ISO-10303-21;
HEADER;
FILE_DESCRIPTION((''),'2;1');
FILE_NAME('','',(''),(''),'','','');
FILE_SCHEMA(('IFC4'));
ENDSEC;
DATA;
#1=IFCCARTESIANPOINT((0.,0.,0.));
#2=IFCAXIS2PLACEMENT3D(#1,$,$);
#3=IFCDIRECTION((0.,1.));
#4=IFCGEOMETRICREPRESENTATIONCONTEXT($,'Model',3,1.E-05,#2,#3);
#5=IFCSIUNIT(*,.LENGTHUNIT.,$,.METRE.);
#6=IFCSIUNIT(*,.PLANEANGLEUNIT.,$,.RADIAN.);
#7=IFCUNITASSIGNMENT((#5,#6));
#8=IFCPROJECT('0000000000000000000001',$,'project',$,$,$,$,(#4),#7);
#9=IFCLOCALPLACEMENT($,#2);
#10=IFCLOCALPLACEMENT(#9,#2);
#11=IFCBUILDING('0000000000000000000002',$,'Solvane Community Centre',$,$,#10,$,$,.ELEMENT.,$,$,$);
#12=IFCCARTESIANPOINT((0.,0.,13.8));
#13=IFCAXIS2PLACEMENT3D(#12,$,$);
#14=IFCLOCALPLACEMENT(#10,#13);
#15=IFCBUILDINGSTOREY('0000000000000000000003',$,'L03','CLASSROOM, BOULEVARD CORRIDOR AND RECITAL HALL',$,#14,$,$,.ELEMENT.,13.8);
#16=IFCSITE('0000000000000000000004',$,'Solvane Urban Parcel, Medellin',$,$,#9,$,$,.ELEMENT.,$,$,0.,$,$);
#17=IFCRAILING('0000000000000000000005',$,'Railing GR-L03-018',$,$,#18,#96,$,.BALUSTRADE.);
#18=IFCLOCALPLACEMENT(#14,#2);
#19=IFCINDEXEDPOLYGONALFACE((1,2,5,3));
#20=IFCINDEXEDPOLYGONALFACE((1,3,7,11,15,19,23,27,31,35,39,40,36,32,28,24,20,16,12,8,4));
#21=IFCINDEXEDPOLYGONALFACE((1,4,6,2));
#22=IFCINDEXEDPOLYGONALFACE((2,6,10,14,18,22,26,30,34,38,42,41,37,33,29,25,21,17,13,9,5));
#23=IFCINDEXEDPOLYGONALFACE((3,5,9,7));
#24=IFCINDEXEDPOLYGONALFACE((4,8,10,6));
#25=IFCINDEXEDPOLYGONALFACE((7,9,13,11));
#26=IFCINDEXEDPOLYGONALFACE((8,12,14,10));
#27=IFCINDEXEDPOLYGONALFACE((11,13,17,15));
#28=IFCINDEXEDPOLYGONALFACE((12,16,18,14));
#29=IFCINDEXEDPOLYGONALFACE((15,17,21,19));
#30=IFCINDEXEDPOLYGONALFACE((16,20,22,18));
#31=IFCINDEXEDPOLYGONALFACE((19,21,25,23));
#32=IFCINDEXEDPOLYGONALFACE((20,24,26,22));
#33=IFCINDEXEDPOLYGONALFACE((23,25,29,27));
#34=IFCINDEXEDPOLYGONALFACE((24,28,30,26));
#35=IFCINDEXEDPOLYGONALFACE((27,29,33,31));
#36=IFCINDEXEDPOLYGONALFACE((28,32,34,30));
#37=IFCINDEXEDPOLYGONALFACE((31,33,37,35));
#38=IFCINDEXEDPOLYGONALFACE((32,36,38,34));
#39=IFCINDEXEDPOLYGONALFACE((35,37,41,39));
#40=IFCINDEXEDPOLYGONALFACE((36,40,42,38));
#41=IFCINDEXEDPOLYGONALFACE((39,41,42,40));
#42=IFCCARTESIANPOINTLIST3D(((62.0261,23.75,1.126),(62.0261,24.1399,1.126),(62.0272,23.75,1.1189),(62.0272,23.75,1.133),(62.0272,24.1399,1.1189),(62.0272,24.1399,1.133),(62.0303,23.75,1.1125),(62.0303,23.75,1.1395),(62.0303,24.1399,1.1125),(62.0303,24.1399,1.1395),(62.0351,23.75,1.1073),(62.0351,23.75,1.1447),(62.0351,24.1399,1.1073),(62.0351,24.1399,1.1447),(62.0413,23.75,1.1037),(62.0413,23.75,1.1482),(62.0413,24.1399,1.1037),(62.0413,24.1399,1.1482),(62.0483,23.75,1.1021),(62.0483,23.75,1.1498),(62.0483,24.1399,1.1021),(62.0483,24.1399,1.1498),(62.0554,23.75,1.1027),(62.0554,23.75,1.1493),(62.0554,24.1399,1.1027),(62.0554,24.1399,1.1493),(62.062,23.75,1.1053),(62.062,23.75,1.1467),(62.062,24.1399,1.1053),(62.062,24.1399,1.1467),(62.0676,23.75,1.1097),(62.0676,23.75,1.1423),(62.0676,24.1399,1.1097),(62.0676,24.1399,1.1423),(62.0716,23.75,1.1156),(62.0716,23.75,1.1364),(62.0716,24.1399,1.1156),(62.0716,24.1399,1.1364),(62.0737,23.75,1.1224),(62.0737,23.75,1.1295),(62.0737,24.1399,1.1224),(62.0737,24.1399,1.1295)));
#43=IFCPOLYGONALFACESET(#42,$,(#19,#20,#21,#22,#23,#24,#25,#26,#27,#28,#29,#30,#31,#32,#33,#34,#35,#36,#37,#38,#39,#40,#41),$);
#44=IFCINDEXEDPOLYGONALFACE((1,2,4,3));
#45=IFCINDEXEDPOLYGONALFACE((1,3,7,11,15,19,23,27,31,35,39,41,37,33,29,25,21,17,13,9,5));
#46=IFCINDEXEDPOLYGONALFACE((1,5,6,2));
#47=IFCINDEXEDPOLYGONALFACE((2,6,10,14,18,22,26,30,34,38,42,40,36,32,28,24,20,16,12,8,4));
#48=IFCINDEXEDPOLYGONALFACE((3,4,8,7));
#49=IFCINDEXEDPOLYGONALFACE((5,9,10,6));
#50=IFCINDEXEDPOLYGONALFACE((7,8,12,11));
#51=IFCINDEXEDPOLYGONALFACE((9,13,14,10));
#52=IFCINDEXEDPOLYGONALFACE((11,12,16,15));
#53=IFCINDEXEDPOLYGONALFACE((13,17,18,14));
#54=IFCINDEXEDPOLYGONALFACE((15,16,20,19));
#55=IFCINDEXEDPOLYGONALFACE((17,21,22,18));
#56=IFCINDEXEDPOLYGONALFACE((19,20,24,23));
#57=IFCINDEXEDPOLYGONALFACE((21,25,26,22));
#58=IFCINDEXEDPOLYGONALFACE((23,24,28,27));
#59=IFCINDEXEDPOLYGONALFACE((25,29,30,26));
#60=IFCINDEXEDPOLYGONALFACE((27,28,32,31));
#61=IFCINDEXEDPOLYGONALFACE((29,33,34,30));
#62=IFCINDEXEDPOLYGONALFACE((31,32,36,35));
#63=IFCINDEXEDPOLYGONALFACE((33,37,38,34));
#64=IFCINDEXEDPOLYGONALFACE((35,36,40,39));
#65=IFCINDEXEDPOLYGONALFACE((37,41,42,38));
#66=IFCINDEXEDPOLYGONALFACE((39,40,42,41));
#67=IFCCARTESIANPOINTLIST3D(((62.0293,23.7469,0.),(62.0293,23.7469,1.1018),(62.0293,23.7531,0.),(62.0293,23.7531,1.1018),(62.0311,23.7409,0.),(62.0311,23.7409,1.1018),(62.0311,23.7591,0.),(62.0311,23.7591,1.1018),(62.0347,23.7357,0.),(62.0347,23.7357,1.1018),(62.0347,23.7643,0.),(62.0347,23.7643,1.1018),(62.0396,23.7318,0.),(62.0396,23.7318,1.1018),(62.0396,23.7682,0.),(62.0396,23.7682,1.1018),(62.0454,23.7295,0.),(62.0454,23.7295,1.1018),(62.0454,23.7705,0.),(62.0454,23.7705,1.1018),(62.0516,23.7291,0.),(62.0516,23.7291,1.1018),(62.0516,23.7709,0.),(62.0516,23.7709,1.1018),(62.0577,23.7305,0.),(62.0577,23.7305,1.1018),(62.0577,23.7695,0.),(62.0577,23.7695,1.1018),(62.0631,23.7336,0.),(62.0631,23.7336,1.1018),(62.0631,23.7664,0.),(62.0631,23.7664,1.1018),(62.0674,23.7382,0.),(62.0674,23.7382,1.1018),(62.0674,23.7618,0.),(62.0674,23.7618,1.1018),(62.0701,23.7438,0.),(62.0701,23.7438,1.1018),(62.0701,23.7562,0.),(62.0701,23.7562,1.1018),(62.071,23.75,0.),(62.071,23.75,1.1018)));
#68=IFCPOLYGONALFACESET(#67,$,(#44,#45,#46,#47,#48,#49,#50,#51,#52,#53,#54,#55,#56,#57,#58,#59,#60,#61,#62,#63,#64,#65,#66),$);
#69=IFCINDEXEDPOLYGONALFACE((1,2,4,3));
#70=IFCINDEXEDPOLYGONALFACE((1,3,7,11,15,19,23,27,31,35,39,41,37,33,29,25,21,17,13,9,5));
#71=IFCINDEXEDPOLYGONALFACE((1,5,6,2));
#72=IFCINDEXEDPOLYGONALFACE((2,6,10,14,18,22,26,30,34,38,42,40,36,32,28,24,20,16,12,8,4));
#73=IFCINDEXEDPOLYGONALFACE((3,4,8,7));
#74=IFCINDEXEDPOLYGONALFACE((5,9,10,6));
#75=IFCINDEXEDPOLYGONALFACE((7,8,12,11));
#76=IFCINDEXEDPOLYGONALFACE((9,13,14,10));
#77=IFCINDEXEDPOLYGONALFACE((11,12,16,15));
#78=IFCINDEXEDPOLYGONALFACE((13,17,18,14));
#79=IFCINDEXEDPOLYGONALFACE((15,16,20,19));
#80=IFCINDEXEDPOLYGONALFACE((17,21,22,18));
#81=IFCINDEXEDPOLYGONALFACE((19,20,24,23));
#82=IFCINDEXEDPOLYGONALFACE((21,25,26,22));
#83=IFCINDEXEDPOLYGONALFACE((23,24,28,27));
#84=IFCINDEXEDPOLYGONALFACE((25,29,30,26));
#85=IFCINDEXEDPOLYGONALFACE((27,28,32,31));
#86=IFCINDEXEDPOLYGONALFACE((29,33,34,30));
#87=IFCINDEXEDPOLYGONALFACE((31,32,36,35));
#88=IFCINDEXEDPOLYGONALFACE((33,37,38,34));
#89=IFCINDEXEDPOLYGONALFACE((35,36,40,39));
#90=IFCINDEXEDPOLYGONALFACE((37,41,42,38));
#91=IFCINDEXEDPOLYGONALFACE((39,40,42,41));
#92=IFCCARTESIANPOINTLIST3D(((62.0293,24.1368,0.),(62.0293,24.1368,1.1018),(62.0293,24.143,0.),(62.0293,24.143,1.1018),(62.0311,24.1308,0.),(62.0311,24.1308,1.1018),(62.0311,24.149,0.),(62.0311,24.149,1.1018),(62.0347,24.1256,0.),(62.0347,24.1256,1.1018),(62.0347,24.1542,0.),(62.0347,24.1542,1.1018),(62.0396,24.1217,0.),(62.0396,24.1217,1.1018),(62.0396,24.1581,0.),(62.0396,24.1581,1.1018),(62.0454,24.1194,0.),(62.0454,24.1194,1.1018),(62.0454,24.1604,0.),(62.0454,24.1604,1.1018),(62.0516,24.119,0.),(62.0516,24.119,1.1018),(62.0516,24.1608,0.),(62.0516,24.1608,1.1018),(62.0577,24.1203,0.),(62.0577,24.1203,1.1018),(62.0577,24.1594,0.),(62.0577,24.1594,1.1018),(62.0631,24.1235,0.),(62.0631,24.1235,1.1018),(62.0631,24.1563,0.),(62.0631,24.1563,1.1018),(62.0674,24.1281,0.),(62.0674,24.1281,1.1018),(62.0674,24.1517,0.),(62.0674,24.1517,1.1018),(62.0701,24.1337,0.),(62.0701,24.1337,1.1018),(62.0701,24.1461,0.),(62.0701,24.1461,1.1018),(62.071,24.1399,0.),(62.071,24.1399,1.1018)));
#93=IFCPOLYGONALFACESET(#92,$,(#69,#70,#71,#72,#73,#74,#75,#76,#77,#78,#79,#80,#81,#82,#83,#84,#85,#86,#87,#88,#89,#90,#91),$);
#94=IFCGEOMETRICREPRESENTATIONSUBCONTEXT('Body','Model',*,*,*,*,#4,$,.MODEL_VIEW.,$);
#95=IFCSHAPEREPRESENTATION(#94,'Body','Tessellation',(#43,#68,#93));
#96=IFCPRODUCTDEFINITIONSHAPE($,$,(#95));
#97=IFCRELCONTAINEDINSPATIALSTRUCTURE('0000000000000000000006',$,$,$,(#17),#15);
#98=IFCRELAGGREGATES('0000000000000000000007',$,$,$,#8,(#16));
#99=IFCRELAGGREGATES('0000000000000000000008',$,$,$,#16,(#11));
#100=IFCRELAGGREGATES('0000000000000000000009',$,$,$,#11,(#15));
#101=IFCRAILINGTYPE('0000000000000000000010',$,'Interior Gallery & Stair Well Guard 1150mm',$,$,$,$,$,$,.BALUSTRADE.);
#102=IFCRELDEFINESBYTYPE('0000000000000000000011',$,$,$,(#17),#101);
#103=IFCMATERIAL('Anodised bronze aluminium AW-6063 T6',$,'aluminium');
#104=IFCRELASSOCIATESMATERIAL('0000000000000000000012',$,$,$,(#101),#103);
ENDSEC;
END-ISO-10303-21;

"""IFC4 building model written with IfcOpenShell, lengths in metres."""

from ifc_helpers import new_model, si_unit, direction, frame, origin, origin_2d, place, context, subcontext, project, spatial, circle, extrude, material, type_object, element, save


model = new_model("IFC4")

# Units and contexts
model_context = context("Model", 3, precision=1e-05, world=origin(), true_north=direction((0.0, 1.0)))
body_context = subcontext(model_context, "Body", "Model", "MODEL_VIEW")
ifc_project = project(units=[si_unit("LENGTHUNIT", "METRE"), si_unit("PLANEANGLEUNIT", "RADIAN")], contexts=[model_context])

# Site, building, storey
site_placement = place(None, origin())
site = spatial("IfcSite", under=ifc_project, at=site_placement, Name="Solvane Urban Parcel, Medellin", CompositionType="ELEMENT", RefElevation=0.0)
building_placement = place(site_placement, origin())
building = spatial("IfcBuilding", under=site, at=building_placement, Name="Solvane Community Centre", CompositionType="ELEMENT")
storey_placement = place(building_placement, frame((0.0, 0.0, 13.8)))
storey = spatial("IfcBuildingStorey", under=building, at=storey_placement, Name="L03", Description="CLASSROOM, BOULEVARD CORRIDOR AND RECITAL HALL", CompositionType="ELEMENT", Elevation=13.8)

# Shared definitions
ifc_material_1 = material(Name="Anodised bronze aluminium AW-6063 T6", Category="aluminium")

# Railing
railing_type_1 = type_object("IfcRailingType", Name="Interior Gallery & Stair Well Guard 1150mm", PredefinedType="BALUSTRADE", material=ifc_material_1)
railing_1_placement = place(storey_placement, frame((62.05, 23.75, 0.0)))
element("IfcRailing", 1, at=railing_1_placement, inside=storey, type_object=railing_type_1, Name="Railing GR-L03-018", PredefinedType="BALUSTRADE", context=body_context, shape_type="SweptSolid", body=[
    extrude(circle(Radius=0.0239, at=origin_2d()), frame((0.0, 0.0, 1.126), z_axis=(0.0, 1.0, 0.0), x_axis=(-1.0, 0.0, 0.0)), (0.0, 0.0, 1.0), 0.3899),
    extrude(circle(Radius=0.021, at=origin_2d()), origin(), (0.0, 0.0, 1.0), 1.1018),
    extrude(circle(Radius=0.021, at=origin_2d()), frame((0.0, 0.3899, 0.0)), (0.0, 0.0, 1.0), 1.1018),
])

save(model, "model.ifc")
